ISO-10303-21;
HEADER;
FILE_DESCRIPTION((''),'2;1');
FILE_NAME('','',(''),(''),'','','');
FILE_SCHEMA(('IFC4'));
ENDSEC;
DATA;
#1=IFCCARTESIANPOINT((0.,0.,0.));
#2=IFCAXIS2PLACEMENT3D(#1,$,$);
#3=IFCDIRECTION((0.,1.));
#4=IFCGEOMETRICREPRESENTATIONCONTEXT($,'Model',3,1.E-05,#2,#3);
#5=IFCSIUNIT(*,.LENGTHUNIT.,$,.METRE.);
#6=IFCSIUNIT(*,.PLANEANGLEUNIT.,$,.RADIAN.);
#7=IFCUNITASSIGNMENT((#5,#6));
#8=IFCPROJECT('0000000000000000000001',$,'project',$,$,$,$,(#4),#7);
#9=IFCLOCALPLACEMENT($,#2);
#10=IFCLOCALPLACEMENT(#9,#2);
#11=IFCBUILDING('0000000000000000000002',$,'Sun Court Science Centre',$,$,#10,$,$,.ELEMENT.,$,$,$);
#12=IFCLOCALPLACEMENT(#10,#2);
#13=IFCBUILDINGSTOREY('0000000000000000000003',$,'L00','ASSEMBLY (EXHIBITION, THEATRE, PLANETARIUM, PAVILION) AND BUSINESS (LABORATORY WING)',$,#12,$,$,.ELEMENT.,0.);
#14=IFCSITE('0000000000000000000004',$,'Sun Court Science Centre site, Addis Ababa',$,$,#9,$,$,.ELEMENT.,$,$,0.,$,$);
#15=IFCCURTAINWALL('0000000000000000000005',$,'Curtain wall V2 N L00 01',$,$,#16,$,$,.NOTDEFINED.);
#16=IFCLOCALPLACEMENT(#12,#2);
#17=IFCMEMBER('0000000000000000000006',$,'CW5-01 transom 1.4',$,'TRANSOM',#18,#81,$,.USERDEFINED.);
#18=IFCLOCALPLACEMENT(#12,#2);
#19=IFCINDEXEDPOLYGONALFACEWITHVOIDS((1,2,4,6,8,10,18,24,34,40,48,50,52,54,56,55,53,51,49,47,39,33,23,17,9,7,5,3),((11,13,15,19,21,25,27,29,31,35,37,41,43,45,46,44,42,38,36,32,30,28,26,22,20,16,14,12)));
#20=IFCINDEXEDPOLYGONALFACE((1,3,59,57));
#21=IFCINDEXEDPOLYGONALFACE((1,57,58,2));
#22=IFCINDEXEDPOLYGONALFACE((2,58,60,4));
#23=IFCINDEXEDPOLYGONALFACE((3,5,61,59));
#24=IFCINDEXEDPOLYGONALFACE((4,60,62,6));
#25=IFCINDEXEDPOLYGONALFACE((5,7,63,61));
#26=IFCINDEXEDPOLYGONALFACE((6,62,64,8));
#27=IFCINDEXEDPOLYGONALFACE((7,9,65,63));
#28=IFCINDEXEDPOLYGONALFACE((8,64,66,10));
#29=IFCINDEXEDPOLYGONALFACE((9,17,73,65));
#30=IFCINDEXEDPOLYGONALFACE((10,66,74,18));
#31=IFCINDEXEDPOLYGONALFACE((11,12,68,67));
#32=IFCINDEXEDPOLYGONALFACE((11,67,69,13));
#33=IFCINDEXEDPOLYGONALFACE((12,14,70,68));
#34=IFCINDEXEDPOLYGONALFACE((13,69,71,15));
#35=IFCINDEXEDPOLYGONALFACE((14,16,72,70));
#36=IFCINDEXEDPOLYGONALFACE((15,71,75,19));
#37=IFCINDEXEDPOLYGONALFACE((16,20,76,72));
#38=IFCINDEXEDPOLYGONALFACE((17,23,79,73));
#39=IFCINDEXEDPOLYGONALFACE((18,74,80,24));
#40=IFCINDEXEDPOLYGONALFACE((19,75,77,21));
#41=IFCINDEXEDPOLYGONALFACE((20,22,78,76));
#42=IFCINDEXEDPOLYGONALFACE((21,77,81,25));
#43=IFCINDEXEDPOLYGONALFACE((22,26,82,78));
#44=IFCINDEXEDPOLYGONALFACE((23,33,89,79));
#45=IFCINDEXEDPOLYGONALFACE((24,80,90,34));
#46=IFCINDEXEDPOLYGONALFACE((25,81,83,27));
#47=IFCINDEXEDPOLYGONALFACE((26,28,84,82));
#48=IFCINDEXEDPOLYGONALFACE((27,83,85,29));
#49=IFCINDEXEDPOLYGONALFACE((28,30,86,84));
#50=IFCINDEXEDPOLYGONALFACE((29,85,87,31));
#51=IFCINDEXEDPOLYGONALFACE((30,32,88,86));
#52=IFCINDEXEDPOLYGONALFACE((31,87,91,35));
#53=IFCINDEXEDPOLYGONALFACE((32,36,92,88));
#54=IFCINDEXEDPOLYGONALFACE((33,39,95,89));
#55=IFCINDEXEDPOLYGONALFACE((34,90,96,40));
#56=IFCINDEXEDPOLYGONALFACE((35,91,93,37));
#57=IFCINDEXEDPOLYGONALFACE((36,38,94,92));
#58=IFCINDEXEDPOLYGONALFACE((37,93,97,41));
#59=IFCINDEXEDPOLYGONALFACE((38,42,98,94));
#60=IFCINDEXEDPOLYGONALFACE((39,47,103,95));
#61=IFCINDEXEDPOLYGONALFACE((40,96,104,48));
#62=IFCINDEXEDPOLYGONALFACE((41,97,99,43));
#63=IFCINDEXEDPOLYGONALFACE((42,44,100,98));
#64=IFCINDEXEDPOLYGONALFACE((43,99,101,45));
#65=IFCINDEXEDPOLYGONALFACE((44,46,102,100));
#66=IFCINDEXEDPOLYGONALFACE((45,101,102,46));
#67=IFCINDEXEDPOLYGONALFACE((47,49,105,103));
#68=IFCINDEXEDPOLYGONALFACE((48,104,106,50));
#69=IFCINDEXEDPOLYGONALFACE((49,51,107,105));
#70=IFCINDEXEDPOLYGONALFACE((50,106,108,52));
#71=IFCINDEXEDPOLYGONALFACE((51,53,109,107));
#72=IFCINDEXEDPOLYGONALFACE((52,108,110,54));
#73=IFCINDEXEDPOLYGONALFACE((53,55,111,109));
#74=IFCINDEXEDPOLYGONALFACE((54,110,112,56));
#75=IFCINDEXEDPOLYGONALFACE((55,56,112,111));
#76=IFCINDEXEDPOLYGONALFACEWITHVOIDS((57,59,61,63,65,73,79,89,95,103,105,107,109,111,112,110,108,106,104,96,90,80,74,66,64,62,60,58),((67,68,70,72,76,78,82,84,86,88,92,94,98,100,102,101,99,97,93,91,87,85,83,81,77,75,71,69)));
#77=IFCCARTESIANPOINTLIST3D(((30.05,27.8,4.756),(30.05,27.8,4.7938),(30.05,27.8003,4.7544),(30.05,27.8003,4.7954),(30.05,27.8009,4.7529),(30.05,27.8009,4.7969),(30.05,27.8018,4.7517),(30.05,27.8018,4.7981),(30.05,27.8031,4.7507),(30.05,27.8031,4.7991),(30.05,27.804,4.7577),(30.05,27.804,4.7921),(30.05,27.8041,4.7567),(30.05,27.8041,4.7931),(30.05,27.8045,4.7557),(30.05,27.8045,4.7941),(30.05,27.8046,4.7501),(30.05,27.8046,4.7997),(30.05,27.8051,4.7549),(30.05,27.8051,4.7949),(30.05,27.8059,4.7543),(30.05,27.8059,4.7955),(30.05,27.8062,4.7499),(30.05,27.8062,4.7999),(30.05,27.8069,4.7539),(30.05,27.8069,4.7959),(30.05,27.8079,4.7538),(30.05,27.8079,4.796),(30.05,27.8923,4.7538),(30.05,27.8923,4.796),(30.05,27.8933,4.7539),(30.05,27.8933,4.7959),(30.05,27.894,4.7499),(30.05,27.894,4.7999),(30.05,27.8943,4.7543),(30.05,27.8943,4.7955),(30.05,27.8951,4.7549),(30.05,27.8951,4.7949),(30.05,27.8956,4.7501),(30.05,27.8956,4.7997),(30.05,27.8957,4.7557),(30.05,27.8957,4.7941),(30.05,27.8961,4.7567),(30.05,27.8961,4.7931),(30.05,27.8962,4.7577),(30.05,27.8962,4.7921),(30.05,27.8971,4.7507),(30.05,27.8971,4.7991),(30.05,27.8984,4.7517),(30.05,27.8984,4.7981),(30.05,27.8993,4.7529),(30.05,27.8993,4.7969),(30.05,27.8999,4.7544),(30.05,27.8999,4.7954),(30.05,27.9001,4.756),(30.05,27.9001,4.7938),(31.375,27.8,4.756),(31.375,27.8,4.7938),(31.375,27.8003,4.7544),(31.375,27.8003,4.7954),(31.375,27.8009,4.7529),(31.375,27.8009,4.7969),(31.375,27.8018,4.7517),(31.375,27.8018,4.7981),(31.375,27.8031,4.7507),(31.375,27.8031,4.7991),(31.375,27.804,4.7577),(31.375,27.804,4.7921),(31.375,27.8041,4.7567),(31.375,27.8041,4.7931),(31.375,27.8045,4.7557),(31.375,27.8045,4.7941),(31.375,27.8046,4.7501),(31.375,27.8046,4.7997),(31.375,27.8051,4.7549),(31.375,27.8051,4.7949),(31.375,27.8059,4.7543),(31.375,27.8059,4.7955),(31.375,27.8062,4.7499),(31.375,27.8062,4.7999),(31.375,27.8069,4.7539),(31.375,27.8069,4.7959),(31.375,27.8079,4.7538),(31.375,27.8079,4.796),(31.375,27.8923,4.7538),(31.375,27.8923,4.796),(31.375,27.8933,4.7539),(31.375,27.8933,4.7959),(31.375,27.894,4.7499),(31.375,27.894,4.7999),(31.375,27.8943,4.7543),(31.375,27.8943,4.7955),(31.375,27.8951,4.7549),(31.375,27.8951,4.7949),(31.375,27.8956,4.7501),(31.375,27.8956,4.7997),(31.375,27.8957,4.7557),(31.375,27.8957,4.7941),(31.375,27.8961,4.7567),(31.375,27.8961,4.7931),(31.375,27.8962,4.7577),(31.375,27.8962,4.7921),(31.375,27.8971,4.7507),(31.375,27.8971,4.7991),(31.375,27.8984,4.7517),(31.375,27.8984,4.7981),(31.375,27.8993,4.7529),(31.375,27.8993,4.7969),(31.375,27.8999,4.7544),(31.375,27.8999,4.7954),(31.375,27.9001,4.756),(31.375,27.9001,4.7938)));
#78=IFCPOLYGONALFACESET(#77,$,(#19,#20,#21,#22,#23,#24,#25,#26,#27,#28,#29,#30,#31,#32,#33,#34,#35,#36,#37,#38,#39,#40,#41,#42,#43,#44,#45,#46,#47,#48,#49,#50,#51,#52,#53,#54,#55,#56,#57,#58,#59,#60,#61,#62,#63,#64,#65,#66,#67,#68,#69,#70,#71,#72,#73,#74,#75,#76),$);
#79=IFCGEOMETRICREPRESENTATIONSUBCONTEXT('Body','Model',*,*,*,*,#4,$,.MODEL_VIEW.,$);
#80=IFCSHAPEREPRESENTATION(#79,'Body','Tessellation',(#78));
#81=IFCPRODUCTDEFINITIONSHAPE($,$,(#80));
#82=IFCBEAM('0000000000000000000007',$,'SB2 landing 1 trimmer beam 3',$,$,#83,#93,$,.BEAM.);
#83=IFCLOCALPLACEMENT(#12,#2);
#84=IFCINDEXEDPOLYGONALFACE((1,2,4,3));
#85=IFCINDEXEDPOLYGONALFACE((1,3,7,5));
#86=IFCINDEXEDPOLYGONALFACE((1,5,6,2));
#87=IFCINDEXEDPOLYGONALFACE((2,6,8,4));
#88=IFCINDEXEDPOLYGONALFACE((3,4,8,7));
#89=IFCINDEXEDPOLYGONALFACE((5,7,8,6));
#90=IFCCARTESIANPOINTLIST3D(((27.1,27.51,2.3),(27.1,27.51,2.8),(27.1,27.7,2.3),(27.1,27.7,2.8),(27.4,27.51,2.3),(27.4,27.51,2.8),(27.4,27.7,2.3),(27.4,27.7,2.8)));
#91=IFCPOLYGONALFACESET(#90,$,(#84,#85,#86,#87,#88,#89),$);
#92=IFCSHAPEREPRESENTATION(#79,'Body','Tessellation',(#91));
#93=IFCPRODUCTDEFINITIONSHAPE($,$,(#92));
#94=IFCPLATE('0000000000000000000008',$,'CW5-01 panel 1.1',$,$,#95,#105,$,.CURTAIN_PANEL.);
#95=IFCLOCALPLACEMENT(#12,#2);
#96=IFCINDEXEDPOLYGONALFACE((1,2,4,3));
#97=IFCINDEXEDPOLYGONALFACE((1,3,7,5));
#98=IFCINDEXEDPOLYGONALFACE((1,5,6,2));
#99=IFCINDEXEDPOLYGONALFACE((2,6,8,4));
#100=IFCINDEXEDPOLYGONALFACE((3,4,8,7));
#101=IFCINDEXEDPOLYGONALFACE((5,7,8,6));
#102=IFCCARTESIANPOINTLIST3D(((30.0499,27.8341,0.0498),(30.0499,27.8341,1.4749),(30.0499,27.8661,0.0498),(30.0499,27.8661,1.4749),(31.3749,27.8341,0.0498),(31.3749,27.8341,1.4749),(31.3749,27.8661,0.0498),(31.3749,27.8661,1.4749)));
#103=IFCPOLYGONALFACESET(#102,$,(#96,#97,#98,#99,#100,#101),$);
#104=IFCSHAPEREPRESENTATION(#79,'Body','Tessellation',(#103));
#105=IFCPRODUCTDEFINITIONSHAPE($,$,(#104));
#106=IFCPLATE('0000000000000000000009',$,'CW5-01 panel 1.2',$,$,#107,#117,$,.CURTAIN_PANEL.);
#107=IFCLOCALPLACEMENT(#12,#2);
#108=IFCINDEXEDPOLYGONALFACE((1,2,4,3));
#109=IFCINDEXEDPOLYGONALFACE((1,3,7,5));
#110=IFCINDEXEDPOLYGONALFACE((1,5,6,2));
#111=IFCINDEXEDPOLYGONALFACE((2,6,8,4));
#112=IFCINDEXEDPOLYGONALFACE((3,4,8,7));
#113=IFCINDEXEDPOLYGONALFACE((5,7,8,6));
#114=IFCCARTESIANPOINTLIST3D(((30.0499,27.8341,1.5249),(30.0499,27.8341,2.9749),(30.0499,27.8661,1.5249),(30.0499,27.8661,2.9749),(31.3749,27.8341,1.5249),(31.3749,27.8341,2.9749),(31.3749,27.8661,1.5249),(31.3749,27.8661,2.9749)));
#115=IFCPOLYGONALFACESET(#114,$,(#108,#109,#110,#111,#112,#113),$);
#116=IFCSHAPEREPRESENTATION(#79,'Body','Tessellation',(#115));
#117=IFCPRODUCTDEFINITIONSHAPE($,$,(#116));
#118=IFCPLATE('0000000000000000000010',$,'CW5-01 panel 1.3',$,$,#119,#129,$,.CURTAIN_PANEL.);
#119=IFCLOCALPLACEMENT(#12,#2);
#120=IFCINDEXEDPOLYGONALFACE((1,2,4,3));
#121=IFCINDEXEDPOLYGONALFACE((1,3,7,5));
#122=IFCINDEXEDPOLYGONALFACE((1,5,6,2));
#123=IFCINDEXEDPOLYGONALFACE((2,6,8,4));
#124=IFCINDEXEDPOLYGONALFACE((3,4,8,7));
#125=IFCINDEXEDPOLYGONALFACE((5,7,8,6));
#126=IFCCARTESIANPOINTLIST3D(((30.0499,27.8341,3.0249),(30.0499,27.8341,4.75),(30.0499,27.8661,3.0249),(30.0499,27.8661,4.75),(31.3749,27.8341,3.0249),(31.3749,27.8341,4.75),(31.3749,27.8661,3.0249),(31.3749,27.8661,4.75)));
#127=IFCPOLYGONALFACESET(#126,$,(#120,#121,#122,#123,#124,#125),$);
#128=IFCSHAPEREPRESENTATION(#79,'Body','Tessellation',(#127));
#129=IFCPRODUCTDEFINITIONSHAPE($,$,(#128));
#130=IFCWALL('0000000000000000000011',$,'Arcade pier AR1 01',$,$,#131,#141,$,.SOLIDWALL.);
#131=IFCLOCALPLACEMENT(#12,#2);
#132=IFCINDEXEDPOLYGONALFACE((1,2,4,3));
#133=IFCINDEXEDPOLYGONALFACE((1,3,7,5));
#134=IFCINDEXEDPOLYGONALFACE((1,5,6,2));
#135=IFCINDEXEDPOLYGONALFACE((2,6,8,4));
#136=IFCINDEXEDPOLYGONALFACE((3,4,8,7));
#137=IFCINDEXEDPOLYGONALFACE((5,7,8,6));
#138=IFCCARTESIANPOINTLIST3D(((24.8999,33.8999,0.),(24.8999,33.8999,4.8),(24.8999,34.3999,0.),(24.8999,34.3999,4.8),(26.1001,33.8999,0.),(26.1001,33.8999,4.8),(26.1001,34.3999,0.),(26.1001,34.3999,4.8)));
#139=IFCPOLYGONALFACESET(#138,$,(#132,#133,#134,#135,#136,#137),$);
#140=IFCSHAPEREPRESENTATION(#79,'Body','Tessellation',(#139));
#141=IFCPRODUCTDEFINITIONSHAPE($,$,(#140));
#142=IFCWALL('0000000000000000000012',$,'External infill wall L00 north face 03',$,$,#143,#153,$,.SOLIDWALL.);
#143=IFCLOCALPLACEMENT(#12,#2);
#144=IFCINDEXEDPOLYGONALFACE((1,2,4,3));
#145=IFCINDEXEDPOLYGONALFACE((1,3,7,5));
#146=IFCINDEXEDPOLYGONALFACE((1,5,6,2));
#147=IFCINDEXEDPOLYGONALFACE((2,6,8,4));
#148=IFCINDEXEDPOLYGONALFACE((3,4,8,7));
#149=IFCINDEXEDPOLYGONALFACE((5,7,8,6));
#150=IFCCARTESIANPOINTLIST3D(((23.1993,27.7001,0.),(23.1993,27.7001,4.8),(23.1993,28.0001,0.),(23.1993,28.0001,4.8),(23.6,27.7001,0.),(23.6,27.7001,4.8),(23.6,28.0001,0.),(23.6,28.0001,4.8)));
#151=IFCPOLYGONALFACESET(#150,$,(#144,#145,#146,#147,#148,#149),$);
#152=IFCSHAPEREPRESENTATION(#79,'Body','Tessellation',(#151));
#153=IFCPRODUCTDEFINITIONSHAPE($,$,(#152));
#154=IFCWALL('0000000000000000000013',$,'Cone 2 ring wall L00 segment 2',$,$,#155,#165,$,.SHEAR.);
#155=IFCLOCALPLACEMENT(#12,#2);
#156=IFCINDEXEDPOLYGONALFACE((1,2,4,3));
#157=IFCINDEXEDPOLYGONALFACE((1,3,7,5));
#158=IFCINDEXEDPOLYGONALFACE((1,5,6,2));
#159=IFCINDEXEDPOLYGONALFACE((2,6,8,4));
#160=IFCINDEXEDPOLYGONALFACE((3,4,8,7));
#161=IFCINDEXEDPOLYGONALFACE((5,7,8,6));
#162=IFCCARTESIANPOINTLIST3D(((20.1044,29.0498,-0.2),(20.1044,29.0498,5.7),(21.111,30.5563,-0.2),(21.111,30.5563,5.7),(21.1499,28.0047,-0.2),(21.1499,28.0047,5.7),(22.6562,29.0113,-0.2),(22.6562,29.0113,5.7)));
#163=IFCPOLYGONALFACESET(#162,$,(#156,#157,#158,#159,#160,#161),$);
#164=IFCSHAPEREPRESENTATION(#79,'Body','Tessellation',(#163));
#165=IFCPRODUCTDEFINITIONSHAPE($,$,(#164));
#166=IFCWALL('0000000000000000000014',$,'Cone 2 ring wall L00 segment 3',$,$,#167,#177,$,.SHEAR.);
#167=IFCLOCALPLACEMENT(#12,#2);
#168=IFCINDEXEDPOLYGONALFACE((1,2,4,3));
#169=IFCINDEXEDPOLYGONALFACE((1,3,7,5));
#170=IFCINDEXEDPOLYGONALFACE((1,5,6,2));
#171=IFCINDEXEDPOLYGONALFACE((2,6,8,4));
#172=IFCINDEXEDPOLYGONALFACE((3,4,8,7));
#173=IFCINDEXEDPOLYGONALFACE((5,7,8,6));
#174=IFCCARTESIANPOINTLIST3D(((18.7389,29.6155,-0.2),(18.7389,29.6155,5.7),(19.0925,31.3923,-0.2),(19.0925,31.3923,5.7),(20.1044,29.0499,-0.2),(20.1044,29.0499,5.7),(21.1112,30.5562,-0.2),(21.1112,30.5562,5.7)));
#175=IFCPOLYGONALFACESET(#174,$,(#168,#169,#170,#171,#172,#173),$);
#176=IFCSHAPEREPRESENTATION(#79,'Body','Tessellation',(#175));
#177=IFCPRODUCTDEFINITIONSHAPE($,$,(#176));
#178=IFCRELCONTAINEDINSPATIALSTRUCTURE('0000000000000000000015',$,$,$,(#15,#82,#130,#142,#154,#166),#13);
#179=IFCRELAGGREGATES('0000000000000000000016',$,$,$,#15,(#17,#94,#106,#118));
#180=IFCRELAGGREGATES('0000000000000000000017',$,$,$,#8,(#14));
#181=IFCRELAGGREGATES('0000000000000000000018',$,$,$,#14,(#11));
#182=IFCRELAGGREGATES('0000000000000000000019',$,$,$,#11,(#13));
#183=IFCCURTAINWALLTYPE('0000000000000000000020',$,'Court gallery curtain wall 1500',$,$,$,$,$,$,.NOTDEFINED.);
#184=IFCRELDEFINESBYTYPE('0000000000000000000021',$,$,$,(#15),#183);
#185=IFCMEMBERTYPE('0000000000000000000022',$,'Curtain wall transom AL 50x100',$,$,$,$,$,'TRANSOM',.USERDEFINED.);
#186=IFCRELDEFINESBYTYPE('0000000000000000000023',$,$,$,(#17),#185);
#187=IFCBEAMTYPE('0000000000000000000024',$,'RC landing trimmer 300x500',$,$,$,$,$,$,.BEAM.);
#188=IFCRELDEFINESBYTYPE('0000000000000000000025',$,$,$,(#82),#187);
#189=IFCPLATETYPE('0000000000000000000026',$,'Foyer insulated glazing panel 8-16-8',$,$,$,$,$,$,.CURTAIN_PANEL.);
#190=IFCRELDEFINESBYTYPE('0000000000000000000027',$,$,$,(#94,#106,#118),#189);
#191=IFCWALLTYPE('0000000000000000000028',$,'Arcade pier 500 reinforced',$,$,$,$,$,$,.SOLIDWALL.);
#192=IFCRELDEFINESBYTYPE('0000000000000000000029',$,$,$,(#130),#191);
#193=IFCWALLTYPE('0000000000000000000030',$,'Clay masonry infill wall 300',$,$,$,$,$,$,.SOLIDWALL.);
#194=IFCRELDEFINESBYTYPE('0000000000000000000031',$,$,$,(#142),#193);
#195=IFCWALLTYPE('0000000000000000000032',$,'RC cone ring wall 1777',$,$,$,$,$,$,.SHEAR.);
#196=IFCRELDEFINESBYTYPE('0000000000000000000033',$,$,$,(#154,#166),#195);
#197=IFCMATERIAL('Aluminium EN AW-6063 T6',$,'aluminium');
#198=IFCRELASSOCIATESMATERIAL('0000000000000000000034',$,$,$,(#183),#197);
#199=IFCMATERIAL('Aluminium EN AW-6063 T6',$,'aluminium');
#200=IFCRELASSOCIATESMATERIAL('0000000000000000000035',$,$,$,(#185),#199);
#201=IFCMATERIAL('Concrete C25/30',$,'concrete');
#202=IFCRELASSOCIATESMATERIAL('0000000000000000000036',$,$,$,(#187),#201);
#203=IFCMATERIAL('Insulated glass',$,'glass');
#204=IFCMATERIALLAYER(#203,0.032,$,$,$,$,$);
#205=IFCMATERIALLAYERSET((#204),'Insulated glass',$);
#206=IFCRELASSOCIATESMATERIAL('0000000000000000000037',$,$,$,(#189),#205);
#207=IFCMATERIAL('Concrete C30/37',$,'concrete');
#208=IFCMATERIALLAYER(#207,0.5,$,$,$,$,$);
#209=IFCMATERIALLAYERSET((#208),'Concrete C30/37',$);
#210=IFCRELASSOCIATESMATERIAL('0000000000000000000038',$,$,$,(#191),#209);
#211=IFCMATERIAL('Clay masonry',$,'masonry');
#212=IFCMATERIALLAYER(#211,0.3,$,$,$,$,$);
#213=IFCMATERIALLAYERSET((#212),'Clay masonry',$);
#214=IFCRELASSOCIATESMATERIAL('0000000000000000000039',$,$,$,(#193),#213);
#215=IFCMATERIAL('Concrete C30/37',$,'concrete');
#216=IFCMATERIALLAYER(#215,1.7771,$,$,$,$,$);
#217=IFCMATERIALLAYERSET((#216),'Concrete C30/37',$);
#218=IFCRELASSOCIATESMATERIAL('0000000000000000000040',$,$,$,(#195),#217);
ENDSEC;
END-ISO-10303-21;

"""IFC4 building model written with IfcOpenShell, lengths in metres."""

from ifc_helpers import new_model, si_unit, direction, frame, frame_2d, origin, origin_2d, place, context, subcontext, project, spatial, polyline, rectangle, hollow_rectangle, outline, extrude, material, layer, layer_set, material_profile, profile_set, type_object, element, aggregate, save


model = new_model("IFC4")

# Units and contexts
model_context = context("Model", 3, precision=1e-05, world=origin(), true_north=direction((0.0, 1.0)))
body_context = subcontext(model_context, "Body", "Model", "MODEL_VIEW")
ifc_project = project(units=[si_unit("LENGTHUNIT", "METRE"), si_unit("PLANEANGLEUNIT", "RADIAN")], contexts=[model_context])

# Site, building, storey
site_placement = place(None, origin())
site = spatial("IfcSite", under=ifc_project, at=site_placement, Name="Sun Court Science Centre site, Addis Ababa", CompositionType="ELEMENT", RefElevation=0.0)
building_placement = place(site_placement, origin())
building = spatial("IfcBuilding", under=site, at=building_placement, Name="Sun Court Science Centre", CompositionType="ELEMENT")
storey_placement = place(building_placement, origin())
storey = spatial("IfcBuildingStorey", under=building, at=storey_placement, Name="L00", Description="ASSEMBLY (EXHIBITION, THEATRE, PLANETARIUM, PAVILION) AND BUSINESS (LABORATORY WING)", CompositionType="ELEMENT", Elevation=0.0)

# Curtain wall, member
ifc_material_1 = material(Name="Aluminium EN AW-6063 T6", Category="aluminium")
curtain_wall_type = type_object("IfcCurtainWallType", Name="Court gallery curtain wall 1500", PredefinedType="NOTDEFINED", material=ifc_material_1)
curtain_wall_placement = place(storey_placement, origin())
curtain_wall = element("IfcCurtainWall", 1, at=curtain_wall_placement, inside=storey, type_object=curtain_wall_type, Name="Curtain wall V2 N L00 01", PredefinedType="NOTDEFINED")
ifc_material_2 = material(Name="Aluminium EN AW-6063 T6", Category="aluminium")
ifc_material_profile_1 = material_profile(ifc_material_2, hollow_rectangle(XDim=0.05, YDim=0.1001, WallThickness=0.0039, InnerFilletRadius=0.0039, OuterFilletRadius=0.0061, at=origin_2d()), Name="AL 50x100x4")
ifc_profile_set_1 = profile_set([ifc_material_profile_1], Name="Aluminium EN AW-6063 T6")
member_type_1 = type_object("IfcMemberType", Name="Curtain wall transom AL 50x100", ElementType="TRANSOM", PredefinedType="USERDEFINED", material=ifc_profile_set_1)
member_1_placement = place(storey_placement, frame((30.05, 27.8501, 4.7749), z_axis=(1.0, 0.0, 0.0), x_axis=(0.0, 0.0, 1.0)))
member_1 = element("IfcMember", 2, at=member_1_placement, type_object=member_type_1, Name="CW5-01 transom 1.4", ObjectType="TRANSOM", PredefinedType="USERDEFINED", context=body_context, shape_type="SweptSolid", body=[
    extrude(hollow_rectangle(XDim=0.05, YDim=0.1001, WallThickness=0.0039, InnerFilletRadius=0.0039, OuterFilletRadius=0.0061, at=origin_2d()), origin(), (0.0, 0.0, 1.0), 1.325),
])

# Beam
ifc_material_3 = material(Name="Concrete C25/30", Category="concrete")
ifc_material_profile_2 = material_profile(ifc_material_3, rectangle(XDim=0.3, YDim=0.5, at=origin_2d()), Name="RC 300x500")
ifc_profile_set_2 = profile_set([ifc_material_profile_2], Name="Concrete C25/30")
beam_type_1 = type_object("IfcBeamType", Name="RC landing trimmer 300x500", PredefinedType="BEAM", material=ifc_profile_set_2)
beam_1_placement = place(storey_placement, frame((27.25, 27.7, 2.55), z_axis=(0.0, -1.0, 0.0), x_axis=(1.0, 0.0, 0.0)))
element("IfcBeam", 3, at=beam_1_placement, inside=storey, type_object=beam_type_1, Name="SB2 landing 1 trimmer beam 3", PredefinedType="BEAM", context=body_context, shape_type="SweptSolid", body=[
    extrude(rectangle(XDim=0.3, YDim=0.5, at=origin_2d()), origin(), (0.0, 0.0, 1.0), 0.1899),
])

# Plates
ifc_material_4 = material(Name="Insulated glass", Category="glass")
ifc_layer_1 = layer(ifc_material_4, 0.032)
ifc_layer_set_1 = layer_set([ifc_layer_1], Name="Insulated glass")
plate_type = type_object("IfcPlateType", Name="Foyer insulated glazing panel 8-16-8", PredefinedType="CURTAIN_PANEL", material=ifc_layer_set_1)
plate_1_placement = place(storey_placement, frame((30.7124, 27.8501, 0.0498), z_axis=(0.0, 0.0, 1.0), x_axis=(1.0, 0.0, 0.0)))
plate_1 = element("IfcPlate", 4, at=plate_1_placement, type_object=plate_type, Name="CW5-01 panel 1.1", PredefinedType="CURTAIN_PANEL", context=body_context, shape_type="SweptSolid", body=[
    extrude(rectangle(XDim=1.325, YDim=0.032, at=origin_2d()), origin(), (0.0, 0.0, 1.0), 1.425),
])
plate_2_placement = place(storey_placement, frame((30.7124, 27.8501, 1.5249), z_axis=(0.0, 0.0, 1.0), x_axis=(1.0, 0.0, 0.0)))
plate_2 = element("IfcPlate", 5, at=plate_2_placement, type_object=plate_type, Name="CW5-01 panel 1.2", PredefinedType="CURTAIN_PANEL", context=body_context, shape_type="SweptSolid", body=[
    extrude(rectangle(XDim=1.325, YDim=0.032, at=origin_2d()), origin(), (0.0, 0.0, 1.0), 1.45),
])
plate_3_placement = place(storey_placement, frame((30.7124, 27.8501, 3.0249), z_axis=(0.0, 0.0, 1.0), x_axis=(1.0, 0.0, 0.0)))
plate_3 = element("IfcPlate", 6, at=plate_3_placement, type_object=plate_type, Name="CW5-01 panel 1.3", PredefinedType="CURTAIN_PANEL", context=body_context, shape_type="SweptSolid", body=[
    extrude(rectangle(XDim=1.325, YDim=0.032, at=origin_2d()), origin(), (0.0, 0.0, 1.0), 1.7251),
])
aggregate(curtain_wall, [member_1, plate_1, plate_2, plate_3])

# Walls
ifc_material_5 = material(Name="Concrete C30/37", Category="concrete")
ifc_layer_2 = layer(ifc_material_5, 0.5)
ifc_layer_set_2 = layer_set([ifc_layer_2], Name="Concrete C30/37")
wall_type_1 = type_object("IfcWallType", Name="Arcade pier 500 reinforced", PredefinedType="SOLIDWALL", material=ifc_layer_set_2)
wall_1_placement = place(storey_placement, frame((24.8999, 34.1499, 0.0), z_axis=(0.0, 0.0, 1.0), x_axis=(1.0, 0.0, 0.0)))
element("IfcWall", 7, at=wall_1_placement, inside=storey, type_object=wall_type_1, Name="Arcade pier AR1 01", PredefinedType="SOLIDWALL", context=body_context, shape_type="SweptSolid", body=[
    extrude(rectangle(XDim=1.2002, YDim=0.5, at=frame_2d((0.6001, 0.0))), origin(), (0.0, 0.0, 1.0), 4.8),
])
ifc_material_6 = material(Name="Clay masonry", Category="masonry")
ifc_layer_3 = layer(ifc_material_6, 0.3)
ifc_layer_set_3 = layer_set([ifc_layer_3], Name="Clay masonry")
wall_type_2 = type_object("IfcWallType", Name="Clay masonry infill wall 300", PredefinedType="SOLIDWALL", material=ifc_layer_set_3)
wall_2_placement = place(storey_placement, frame((23.1995, 27.8501, 0.0), z_axis=(0.0, 0.0, 1.0), x_axis=(1.0, 0.0, 0.0)))
element("IfcWall", 8, at=wall_2_placement, inside=storey, type_object=wall_type_2, Name="External infill wall L00 north face 03", PredefinedType="SOLIDWALL", context=body_context, shape_type="SweptSolid", body=[
    extrude(rectangle(XDim=0.4006, YDim=0.3, at=frame_2d((0.2002, 0.0))), origin(), (0.0, 0.0, 1.0), 4.8),
])
ifc_material_7 = material(Name="Concrete C30/37", Category="concrete")
ifc_layer_4 = layer(ifc_material_7, 1.7771)
ifc_layer_set_4 = layer_set([ifc_layer_4], Name="Concrete C30/37")
wall_type_3 = type_object("IfcWallType", Name="RC cone ring wall 1777", PredefinedType="SHEAR", material=ifc_layer_set_4)
wall_3_placement = place(storey_placement, frame((22.0281, 28.3831, -0.2), z_axis=(0.0, 0.0, 1.0), x_axis=(-0.707163, 0.707051, 0.0)))
element("IfcWall", 9, at=wall_3_placement, inside=storey, type_object=wall_type_3, Name="Cone 2 ring wall L00 segment 2", PredefinedType="SHEAR", context=body_context, shape_type="SweptSolid", body=[
    extrude(outline(polyline([(0.0, -0.8884), (2.1851, -0.8884), (1.8318, 0.8887), (0.3535, 0.8884), (0.0, -0.8884)])), origin(), (0.0, 0.0, 1.0), 5.8999),
])
wall_4_placement = place(storey_placement, frame((20.7712, 29.7354, -0.2), z_axis=(0.0, 0.0, 1.0), x_axis=(-0.923885, 0.382671, 0.0)))
element("IfcWall", 10, at=wall_4_placement, inside=storey, type_object=wall_type_3, Name="Cone 2 ring wall L00 segment 3", PredefinedType="SHEAR", context=body_context, shape_type="SweptSolid", body=[
    extrude(outline(polyline([(0.0, -0.8884), (2.1851, -0.8884), (1.8318, 0.8884), (0.3538, 0.8884), (0.0, -0.8884)])), origin(), (0.0, 0.0, 1.0), 5.8999),
])

save(model, "model.ifc")
